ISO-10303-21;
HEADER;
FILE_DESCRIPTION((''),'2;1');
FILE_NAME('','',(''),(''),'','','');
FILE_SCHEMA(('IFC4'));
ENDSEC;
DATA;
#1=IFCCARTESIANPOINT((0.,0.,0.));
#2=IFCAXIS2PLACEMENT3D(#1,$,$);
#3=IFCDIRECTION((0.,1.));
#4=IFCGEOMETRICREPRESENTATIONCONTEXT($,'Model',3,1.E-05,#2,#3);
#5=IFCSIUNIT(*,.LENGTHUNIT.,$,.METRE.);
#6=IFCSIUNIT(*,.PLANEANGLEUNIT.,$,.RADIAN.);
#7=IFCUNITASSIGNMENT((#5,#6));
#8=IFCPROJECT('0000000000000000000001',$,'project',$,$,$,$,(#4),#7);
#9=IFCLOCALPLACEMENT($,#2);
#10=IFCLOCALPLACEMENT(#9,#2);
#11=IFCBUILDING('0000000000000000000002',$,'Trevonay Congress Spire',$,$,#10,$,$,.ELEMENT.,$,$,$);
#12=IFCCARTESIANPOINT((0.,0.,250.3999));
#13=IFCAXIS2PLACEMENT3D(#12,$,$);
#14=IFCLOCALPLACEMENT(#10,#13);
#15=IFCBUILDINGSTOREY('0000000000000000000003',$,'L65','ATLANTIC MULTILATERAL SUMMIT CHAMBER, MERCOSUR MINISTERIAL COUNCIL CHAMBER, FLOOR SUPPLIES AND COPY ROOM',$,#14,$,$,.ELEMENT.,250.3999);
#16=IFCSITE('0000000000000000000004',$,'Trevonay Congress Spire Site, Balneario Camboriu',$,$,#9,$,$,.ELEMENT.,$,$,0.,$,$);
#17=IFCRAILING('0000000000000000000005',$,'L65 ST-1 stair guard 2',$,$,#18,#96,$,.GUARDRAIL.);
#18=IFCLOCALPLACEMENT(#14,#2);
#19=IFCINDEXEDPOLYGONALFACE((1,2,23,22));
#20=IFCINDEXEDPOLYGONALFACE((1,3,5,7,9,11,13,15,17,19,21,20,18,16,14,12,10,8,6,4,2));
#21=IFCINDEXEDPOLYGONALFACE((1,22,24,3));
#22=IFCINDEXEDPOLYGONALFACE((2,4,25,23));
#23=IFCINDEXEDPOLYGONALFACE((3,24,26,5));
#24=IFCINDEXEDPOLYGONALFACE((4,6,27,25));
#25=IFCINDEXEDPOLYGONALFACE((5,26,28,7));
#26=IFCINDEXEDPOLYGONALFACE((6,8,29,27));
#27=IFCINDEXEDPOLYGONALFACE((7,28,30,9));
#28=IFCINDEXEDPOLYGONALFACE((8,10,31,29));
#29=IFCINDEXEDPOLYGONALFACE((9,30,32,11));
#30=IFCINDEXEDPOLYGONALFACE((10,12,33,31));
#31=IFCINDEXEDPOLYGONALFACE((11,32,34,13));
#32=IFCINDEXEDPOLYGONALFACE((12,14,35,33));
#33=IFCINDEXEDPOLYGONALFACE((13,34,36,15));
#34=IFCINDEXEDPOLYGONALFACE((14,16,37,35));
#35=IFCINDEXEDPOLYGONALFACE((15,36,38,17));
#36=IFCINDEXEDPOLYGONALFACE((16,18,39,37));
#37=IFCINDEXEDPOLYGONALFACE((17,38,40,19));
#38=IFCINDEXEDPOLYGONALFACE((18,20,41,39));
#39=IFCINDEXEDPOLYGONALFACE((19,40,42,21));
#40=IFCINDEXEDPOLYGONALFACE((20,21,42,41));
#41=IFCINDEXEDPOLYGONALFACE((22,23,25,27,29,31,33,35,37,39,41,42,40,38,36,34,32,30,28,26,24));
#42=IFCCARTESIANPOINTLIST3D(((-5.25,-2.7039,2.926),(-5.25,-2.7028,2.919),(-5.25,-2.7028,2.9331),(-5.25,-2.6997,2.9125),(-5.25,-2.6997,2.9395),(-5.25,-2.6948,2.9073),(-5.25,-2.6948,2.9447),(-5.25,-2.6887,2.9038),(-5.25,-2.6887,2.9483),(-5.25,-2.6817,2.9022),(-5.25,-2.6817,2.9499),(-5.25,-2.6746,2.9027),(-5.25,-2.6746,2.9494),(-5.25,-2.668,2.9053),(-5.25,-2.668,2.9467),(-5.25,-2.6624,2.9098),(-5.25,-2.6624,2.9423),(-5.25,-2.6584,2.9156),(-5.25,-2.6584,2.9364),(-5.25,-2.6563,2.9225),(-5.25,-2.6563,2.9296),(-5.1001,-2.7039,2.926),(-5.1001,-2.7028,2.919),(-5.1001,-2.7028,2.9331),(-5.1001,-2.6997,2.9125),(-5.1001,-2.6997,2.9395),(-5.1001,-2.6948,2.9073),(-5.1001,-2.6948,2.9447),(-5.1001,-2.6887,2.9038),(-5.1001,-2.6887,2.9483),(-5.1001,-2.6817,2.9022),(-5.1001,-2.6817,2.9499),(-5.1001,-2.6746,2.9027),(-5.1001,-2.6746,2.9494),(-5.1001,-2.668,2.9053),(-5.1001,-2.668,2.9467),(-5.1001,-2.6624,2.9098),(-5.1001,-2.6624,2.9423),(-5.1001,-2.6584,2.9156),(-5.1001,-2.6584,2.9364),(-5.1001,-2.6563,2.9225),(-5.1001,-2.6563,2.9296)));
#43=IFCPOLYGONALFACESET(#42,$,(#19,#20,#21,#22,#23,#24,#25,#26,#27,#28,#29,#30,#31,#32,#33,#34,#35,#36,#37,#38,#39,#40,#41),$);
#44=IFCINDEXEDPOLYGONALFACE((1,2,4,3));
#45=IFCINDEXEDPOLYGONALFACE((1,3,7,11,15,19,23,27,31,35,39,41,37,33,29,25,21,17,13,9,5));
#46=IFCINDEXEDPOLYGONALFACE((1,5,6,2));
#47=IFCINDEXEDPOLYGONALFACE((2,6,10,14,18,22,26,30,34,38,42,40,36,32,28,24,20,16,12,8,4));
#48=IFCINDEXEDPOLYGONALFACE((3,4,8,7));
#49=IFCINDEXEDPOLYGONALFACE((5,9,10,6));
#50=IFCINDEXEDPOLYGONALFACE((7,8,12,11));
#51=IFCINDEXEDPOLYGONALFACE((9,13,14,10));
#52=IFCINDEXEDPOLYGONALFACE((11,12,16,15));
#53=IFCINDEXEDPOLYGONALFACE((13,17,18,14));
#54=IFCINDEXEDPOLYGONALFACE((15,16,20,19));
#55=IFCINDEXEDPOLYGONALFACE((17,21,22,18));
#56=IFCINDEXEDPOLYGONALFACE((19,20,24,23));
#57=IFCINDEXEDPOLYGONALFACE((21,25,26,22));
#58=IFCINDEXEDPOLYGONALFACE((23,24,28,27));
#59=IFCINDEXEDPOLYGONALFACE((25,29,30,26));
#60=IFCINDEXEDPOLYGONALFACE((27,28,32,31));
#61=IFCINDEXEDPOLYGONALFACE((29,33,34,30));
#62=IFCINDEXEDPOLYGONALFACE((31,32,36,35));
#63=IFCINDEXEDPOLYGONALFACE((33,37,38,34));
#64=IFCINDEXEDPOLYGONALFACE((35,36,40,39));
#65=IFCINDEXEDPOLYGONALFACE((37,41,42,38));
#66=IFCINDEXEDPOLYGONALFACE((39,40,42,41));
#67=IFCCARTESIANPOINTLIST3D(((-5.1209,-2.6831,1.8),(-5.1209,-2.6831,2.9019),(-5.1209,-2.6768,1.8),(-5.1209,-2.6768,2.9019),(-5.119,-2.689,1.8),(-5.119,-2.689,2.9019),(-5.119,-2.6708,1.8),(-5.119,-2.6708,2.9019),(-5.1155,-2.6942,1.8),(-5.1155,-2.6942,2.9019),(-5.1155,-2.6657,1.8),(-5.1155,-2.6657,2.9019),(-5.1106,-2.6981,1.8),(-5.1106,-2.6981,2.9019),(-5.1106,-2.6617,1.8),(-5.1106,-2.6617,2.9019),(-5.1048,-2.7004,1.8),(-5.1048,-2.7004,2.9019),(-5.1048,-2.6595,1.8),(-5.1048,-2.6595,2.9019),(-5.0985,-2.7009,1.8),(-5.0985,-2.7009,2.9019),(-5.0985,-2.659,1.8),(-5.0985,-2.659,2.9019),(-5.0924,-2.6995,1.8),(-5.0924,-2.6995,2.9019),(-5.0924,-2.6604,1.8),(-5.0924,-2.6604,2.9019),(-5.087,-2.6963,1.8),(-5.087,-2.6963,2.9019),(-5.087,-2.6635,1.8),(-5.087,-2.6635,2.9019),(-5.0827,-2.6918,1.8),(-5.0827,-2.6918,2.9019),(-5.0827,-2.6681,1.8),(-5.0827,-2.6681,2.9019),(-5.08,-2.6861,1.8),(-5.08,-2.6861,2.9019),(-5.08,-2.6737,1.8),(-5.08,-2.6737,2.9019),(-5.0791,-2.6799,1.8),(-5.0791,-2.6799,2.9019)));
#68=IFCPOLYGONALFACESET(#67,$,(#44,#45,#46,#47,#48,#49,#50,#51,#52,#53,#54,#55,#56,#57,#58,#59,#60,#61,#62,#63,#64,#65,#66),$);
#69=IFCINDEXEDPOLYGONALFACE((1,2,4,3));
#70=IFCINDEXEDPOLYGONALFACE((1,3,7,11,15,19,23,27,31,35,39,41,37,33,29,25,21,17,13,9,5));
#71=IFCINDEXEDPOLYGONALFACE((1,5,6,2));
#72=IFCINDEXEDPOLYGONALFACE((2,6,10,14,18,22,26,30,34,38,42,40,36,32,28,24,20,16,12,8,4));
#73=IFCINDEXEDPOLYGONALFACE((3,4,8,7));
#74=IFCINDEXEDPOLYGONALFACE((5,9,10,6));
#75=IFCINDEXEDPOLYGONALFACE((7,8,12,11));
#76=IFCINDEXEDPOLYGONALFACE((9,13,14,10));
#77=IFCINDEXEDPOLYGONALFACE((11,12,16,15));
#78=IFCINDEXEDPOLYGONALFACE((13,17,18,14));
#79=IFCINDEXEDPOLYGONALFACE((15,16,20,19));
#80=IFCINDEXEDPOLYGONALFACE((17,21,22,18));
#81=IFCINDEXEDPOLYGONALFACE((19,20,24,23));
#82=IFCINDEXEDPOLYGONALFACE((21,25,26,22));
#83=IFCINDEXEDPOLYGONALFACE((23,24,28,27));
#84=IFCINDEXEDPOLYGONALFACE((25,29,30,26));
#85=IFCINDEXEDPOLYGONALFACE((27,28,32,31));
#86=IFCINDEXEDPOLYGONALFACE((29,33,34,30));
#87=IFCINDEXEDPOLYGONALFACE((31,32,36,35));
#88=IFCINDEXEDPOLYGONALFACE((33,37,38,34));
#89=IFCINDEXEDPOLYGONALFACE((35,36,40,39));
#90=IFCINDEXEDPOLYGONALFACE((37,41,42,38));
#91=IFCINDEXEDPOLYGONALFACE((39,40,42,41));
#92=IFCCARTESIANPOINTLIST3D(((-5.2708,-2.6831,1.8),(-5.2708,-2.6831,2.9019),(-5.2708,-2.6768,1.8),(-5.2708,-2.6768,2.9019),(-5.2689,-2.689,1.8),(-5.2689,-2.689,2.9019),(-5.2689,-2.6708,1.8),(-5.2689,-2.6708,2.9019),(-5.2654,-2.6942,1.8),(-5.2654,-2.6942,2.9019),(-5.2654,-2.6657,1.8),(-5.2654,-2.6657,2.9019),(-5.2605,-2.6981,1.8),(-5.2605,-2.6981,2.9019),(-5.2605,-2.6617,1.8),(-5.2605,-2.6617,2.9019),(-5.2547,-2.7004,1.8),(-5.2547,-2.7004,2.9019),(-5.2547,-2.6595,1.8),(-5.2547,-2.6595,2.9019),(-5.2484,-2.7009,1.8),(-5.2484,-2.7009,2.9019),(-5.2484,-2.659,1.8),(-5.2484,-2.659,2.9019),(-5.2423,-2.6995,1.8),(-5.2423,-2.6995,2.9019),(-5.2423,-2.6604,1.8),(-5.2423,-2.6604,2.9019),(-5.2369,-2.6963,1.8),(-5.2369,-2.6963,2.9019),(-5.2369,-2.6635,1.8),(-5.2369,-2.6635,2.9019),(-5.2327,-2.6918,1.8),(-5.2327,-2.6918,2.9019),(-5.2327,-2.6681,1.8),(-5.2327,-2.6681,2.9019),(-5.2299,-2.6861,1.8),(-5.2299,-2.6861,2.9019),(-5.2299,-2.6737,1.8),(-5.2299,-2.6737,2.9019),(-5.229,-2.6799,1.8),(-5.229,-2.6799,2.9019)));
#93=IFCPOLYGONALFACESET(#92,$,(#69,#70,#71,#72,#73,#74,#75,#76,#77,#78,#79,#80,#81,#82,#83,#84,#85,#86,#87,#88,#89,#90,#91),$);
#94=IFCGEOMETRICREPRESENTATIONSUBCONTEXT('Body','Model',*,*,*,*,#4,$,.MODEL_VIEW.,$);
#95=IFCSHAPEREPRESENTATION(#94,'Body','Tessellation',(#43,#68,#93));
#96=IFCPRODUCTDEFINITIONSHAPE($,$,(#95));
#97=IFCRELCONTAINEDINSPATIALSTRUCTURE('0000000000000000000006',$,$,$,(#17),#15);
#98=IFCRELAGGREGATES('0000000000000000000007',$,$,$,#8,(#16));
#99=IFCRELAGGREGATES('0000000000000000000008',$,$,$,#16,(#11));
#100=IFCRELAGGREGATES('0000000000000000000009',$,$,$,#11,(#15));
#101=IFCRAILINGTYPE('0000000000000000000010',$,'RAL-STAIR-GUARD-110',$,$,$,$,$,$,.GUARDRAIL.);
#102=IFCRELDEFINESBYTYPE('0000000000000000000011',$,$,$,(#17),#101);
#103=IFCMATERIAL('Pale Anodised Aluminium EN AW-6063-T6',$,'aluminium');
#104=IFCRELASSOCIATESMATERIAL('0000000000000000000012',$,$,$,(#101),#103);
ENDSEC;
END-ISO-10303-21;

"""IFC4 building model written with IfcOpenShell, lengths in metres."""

from ifc_helpers import new_model, si_unit, direction, frame, origin, origin_2d, place, context, subcontext, project, spatial, circle, extrude, material, type_object, element, save


model = new_model("IFC4")

# Units and contexts
model_context = context("Model", 3, precision=1e-05, world=origin(), true_north=direction((0.0, 1.0)))
body_context = subcontext(model_context, "Body", "Model", "MODEL_VIEW")
ifc_project = project(units=[si_unit("LENGTHUNIT", "METRE"), si_unit("PLANEANGLEUNIT", "RADIAN")], contexts=[model_context])

# Site, building, storey
site_placement = place(None, origin())
site = spatial("IfcSite", under=ifc_project, at=site_placement, Name="Trevonay Congress Spire Site, Balneario Camboriu", CompositionType="ELEMENT", RefElevation=0.0)
building_placement = place(site_placement, origin())
building = spatial("IfcBuilding", under=site, at=building_placement, Name="Trevonay Congress Spire", CompositionType="ELEMENT")
storey_placement = place(building_placement, frame((0.0, 0.0, 250.3999)))
storey = spatial("IfcBuildingStorey", under=building, at=storey_placement, Name="L65", Description="ATLANTIC MULTILATERAL SUMMIT CHAMBER, MERCOSUR MINISTERIAL COUNCIL CHAMBER, FLOOR SUPPLIES AND COPY ROOM", CompositionType="ELEMENT", Elevation=250.3999)

# Railing
ifc_material_1 = material(Name="Pale Anodised Aluminium EN AW-6063-T6", Category="aluminium")
railing_type_1 = type_object("IfcRailingType", Name="RAL-STAIR-GUARD-110", PredefinedType="GUARDRAIL", material=ifc_material_1)
railing_1_placement = place(storey_placement, frame((-5.1001, -2.6799, 1.8)))
element("IfcRailing", 1, at=railing_1_placement, inside=storey, type_object=railing_type_1, Name="L65 ST-1 stair guard 2", PredefinedType="GUARDRAIL", context=body_context, shape_type="SweptSolid", body=[
    extrude(circle(Radius=0.0239, at=origin_2d()), frame((0.0, 0.0, 1.126), z_axis=(-1.0, 0.0, 0.0), x_axis=(0.0, -1.0, 0.0)), (0.0, 0.0, 1.0), 0.1499),
    extrude(circle(Radius=0.021, at=origin_2d()), origin(), (0.0, 0.0, 1.0), 1.1018),
    extrude(circle(Radius=0.021, at=origin_2d()), frame((-0.1499, 0.0, 0.0)), (0.0, 0.0, 1.0), 1.1018),
])

save(model, "model.ifc")
